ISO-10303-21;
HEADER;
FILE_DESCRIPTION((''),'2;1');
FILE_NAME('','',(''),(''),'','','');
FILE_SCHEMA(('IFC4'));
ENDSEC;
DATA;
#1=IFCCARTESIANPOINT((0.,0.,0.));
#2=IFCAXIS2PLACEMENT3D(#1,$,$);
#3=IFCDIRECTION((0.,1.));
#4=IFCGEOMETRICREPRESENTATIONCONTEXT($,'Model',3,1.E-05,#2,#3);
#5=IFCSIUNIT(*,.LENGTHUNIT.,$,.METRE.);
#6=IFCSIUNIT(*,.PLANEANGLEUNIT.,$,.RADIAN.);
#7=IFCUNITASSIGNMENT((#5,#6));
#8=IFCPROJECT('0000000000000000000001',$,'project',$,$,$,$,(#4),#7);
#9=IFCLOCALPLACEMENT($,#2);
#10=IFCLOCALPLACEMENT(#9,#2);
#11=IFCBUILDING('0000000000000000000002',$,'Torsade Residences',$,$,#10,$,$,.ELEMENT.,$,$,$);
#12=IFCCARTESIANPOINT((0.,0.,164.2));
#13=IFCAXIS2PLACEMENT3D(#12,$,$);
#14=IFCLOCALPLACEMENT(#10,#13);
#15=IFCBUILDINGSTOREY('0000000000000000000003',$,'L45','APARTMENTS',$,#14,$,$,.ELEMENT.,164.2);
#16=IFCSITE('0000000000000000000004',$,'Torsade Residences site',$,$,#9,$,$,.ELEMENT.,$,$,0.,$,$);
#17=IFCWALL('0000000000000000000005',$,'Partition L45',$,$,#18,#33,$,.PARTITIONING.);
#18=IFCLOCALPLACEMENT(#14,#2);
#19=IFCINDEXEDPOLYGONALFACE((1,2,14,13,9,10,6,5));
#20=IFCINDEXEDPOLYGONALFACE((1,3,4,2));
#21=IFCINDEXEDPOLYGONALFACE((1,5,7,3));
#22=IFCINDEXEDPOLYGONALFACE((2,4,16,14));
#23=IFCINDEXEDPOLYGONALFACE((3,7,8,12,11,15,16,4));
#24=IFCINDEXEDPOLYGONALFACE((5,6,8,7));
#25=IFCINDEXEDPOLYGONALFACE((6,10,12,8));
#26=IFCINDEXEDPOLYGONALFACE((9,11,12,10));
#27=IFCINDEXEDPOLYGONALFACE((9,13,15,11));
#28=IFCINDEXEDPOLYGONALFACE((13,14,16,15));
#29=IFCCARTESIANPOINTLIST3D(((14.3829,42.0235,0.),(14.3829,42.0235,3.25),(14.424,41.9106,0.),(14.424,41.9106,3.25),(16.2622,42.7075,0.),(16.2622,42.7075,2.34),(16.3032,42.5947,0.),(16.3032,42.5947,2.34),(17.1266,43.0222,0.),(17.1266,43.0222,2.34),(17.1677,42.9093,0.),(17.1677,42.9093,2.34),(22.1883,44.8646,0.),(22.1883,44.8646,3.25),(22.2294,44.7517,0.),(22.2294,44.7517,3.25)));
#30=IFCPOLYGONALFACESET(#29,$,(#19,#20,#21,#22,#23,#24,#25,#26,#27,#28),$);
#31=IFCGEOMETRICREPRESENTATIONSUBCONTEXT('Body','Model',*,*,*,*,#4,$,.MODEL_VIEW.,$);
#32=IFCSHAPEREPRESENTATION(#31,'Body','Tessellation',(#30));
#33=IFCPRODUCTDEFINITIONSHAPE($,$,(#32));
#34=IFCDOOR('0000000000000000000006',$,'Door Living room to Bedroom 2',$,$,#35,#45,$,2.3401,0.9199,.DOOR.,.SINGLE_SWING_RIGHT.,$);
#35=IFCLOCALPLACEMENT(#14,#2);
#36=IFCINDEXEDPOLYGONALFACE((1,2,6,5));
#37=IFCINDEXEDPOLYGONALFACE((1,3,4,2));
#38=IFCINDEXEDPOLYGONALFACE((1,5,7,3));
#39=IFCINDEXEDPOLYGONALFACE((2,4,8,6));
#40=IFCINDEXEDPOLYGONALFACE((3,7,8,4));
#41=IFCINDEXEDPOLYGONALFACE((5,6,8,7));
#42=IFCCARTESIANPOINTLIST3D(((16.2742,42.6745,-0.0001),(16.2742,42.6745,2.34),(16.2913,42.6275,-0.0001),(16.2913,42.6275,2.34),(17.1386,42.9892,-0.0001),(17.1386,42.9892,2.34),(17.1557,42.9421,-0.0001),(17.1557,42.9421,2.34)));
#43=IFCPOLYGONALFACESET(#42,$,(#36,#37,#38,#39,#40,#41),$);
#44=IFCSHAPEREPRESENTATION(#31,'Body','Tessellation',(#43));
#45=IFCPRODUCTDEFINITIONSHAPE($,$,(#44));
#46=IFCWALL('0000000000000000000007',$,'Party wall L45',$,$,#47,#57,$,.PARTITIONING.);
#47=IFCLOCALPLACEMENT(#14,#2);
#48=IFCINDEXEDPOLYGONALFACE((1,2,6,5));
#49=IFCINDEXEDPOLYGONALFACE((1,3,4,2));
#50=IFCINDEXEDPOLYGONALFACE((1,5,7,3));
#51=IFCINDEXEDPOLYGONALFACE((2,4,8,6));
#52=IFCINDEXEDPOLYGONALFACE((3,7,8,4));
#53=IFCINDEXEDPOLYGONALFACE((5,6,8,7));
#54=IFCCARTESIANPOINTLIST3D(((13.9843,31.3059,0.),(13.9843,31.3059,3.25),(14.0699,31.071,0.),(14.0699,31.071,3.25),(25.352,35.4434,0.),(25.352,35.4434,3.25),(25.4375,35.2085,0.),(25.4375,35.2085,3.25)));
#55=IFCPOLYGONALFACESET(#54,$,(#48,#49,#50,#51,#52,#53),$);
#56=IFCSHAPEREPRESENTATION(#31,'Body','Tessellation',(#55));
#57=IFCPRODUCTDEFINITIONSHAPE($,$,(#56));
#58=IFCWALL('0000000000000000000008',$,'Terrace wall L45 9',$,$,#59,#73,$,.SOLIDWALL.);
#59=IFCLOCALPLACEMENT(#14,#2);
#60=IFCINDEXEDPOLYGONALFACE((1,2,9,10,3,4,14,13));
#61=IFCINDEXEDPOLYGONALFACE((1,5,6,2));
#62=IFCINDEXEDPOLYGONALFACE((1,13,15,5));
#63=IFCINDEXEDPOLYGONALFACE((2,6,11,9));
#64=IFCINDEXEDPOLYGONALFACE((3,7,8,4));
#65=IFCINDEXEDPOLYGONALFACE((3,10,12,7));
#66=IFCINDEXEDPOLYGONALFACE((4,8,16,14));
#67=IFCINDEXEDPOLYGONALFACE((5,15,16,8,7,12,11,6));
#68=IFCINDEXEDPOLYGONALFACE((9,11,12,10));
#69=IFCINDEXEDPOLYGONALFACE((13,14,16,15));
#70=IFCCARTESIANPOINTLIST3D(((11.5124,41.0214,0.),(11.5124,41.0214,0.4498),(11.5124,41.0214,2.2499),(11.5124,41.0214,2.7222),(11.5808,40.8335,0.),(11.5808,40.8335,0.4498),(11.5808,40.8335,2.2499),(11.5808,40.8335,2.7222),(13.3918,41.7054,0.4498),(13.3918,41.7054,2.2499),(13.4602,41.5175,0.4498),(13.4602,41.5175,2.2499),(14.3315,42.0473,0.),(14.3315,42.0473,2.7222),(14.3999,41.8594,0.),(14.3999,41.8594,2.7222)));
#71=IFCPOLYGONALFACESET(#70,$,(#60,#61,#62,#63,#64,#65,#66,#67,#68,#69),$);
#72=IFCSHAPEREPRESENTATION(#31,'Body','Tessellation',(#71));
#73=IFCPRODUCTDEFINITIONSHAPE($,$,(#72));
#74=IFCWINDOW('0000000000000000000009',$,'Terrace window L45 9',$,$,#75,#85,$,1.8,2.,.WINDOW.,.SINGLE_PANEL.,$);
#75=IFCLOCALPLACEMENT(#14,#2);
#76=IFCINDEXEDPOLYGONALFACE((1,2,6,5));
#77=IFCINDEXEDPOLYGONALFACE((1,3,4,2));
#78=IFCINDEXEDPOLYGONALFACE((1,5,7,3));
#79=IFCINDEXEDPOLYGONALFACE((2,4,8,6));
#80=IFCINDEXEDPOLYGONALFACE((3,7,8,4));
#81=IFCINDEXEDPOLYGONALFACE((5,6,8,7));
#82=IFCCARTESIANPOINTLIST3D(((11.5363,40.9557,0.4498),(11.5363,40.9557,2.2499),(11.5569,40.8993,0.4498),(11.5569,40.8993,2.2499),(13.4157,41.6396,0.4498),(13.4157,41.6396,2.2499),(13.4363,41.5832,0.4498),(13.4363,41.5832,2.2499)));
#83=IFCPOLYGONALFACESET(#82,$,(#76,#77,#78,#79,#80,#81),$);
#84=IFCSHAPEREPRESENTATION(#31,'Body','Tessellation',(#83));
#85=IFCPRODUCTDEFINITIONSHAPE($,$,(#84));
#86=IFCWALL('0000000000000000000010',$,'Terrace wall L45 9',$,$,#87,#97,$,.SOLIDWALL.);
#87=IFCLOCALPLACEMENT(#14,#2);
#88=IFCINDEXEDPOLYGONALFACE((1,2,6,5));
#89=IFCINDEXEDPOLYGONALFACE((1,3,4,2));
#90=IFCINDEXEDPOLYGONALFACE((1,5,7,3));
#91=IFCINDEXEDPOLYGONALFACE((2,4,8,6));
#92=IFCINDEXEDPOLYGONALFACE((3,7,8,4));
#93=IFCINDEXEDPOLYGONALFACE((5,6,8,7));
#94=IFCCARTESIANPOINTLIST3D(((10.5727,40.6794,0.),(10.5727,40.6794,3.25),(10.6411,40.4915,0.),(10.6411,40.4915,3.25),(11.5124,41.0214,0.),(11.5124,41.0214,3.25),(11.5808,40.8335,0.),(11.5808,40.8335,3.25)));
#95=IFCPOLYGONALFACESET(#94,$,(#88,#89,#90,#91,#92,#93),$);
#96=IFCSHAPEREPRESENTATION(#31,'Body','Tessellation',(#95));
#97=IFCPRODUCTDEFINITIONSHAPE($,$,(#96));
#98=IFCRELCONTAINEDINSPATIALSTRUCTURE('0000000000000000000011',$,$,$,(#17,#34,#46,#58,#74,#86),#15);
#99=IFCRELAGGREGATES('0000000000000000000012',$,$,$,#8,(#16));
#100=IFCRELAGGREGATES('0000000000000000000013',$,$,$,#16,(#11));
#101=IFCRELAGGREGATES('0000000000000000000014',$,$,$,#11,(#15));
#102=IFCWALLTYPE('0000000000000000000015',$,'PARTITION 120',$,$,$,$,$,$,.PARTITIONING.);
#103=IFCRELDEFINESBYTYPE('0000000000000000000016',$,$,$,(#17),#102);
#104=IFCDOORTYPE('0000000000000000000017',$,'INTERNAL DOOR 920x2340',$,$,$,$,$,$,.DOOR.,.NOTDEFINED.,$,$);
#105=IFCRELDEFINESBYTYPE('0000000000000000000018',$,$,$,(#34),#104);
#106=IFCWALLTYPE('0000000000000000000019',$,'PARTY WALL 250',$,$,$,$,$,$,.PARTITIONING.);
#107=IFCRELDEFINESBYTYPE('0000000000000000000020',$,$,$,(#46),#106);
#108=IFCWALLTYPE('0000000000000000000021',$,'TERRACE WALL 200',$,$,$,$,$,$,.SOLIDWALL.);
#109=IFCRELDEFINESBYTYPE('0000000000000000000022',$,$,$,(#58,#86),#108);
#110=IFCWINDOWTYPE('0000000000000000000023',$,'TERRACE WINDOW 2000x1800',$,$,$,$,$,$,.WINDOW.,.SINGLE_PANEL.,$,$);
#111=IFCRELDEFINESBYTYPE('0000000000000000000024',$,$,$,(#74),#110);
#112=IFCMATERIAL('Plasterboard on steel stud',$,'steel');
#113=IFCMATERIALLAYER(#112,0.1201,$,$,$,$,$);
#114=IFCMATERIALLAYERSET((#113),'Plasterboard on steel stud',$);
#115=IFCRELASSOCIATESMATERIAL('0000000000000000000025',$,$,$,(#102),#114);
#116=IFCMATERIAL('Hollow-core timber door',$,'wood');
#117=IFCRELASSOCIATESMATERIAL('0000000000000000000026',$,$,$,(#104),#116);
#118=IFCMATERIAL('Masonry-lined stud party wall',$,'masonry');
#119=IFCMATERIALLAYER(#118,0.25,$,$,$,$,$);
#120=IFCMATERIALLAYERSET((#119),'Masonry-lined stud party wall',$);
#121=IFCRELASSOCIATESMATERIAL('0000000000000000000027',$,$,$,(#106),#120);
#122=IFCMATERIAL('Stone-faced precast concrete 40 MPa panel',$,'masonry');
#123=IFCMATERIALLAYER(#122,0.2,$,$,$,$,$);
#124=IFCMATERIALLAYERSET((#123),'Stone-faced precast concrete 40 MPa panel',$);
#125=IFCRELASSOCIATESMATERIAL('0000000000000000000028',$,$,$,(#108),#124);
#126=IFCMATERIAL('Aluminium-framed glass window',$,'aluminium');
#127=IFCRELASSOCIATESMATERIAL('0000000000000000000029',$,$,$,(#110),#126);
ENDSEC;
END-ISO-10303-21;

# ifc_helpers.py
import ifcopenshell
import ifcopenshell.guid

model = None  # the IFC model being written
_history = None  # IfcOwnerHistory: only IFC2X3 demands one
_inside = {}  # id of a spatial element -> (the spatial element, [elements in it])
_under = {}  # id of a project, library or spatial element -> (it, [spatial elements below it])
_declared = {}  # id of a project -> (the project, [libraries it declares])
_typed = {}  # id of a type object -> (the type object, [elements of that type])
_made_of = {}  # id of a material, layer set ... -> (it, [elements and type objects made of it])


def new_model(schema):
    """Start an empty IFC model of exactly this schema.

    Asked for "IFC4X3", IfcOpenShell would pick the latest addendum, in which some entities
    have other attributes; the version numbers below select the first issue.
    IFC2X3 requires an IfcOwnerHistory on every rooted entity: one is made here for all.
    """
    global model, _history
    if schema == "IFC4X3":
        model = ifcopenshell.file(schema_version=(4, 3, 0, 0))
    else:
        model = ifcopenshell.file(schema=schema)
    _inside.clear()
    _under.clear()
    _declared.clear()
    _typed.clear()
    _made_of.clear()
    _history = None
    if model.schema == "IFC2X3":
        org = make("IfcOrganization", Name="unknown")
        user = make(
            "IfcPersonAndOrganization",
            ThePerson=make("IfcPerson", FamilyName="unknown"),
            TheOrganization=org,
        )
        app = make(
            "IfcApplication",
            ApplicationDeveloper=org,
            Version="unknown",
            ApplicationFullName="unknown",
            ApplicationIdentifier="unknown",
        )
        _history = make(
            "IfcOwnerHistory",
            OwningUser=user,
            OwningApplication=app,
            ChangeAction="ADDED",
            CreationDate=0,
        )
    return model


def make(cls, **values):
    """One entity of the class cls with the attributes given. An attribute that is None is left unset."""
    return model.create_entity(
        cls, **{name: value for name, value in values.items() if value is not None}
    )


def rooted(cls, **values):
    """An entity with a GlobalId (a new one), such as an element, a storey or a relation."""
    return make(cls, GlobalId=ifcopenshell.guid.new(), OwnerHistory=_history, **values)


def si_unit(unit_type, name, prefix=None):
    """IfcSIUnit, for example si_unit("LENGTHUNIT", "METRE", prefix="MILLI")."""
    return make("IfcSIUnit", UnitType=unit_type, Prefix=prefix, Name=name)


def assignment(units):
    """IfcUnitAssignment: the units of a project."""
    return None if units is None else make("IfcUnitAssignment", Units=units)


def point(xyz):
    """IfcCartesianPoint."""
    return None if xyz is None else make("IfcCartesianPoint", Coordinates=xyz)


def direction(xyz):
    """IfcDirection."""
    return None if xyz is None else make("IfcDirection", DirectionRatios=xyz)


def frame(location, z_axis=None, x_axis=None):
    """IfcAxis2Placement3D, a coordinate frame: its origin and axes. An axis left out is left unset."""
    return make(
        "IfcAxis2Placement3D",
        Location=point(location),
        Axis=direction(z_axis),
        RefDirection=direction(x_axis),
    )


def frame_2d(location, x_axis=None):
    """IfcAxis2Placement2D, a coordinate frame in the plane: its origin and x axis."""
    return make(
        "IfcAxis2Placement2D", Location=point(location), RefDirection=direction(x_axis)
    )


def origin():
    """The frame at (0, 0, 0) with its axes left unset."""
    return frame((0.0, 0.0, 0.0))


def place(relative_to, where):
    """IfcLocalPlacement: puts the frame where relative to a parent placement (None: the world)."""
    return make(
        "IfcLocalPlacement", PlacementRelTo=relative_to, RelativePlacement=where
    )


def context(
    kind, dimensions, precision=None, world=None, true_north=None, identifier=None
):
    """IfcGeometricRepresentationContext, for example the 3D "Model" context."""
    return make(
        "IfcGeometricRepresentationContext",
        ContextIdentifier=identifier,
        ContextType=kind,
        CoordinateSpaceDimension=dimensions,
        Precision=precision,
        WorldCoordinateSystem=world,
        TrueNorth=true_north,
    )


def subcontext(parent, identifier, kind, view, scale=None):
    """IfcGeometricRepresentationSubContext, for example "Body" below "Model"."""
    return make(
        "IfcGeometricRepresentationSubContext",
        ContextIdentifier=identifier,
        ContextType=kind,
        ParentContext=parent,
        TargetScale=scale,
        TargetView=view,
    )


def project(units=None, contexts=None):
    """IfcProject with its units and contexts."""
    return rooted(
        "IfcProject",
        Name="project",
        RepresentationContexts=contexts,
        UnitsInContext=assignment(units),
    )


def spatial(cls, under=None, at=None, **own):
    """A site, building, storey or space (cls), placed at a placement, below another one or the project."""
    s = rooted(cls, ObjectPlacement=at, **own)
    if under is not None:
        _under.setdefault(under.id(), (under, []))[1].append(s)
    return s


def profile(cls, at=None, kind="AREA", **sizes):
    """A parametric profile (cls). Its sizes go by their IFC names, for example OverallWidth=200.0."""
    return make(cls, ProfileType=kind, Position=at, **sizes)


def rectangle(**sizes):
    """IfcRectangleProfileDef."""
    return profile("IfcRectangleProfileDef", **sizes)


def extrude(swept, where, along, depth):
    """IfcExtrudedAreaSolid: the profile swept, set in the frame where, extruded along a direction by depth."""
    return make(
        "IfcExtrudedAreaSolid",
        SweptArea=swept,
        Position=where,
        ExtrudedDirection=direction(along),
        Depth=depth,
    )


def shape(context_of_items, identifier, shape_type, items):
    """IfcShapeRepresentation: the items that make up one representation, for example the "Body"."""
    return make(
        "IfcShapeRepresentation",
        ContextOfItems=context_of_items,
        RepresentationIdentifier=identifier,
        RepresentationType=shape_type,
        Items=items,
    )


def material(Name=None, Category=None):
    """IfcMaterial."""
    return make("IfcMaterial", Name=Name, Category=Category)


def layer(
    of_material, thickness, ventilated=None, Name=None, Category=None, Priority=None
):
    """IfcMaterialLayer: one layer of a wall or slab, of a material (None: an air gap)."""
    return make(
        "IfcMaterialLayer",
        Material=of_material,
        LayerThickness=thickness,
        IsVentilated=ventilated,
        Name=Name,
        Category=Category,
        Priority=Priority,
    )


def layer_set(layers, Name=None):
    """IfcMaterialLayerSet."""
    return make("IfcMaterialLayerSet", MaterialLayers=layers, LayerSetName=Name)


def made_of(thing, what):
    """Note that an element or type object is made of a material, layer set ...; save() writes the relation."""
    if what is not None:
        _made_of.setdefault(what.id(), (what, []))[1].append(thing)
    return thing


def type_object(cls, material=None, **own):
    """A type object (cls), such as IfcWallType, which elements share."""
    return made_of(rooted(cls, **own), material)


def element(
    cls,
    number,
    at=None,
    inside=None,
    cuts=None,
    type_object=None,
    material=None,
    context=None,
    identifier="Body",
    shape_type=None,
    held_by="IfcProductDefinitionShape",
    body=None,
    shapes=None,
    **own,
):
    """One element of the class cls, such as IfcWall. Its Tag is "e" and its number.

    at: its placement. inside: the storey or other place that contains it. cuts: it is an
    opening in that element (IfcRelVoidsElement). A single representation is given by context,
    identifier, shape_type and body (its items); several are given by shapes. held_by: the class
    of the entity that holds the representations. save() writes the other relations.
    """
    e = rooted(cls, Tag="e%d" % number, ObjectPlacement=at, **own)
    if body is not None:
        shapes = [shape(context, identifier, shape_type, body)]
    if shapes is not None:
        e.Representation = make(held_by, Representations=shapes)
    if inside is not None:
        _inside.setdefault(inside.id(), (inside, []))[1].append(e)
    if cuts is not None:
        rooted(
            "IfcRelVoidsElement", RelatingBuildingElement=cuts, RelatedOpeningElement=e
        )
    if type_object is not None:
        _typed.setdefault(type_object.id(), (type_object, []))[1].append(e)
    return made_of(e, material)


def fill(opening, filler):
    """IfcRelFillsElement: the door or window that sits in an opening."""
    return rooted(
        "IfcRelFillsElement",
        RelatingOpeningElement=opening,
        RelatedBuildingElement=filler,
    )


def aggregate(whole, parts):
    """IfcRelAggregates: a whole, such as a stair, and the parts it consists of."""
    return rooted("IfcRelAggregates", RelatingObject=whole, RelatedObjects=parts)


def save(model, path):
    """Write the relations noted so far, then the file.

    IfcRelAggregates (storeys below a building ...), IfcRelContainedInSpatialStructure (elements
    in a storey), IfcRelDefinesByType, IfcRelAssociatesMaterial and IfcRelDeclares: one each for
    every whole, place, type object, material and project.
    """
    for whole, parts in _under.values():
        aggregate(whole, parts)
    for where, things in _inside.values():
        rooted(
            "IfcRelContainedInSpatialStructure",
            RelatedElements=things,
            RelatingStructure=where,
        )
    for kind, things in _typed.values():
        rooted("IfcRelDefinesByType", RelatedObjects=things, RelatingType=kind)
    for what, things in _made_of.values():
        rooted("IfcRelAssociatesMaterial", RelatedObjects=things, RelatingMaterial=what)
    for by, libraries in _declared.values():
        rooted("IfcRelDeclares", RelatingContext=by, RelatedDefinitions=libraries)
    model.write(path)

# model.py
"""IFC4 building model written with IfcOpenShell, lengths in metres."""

from ifc_helpers import new_model, si_unit, direction, frame, frame_2d, origin, place, context, subcontext, project, spatial, rectangle, extrude, material, layer, layer_set, type_object, element, fill, save


model = new_model("IFC4")

# Units and contexts
model_context = context("Model", 3, precision=1e-05, world=origin(), true_north=direction((0.0, 1.0)))
body_context = subcontext(model_context, "Body", "Model", "MODEL_VIEW")
ifc_project = project(units=[si_unit("LENGTHUNIT", "METRE"), si_unit("PLANEANGLEUNIT", "RADIAN")], contexts=[model_context])

# Site, building, storey
site_placement = place(None, origin())
site = spatial("IfcSite", under=ifc_project, at=site_placement, Name="Torsade Residences site", CompositionType="ELEMENT", RefElevation=0.0)
building_placement = place(site_placement, origin())
building = spatial("IfcBuilding", under=site, at=building_placement, Name="Torsade Residences", CompositionType="ELEMENT")
storey_placement = place(building_placement, frame((0.0, 0.0, 164.2)))
storey = spatial("IfcBuildingStorey", under=building, at=storey_placement, Name="L45", Description="APARTMENTS", CompositionType="ELEMENT", Elevation=164.2)

# Shared definitions
ifc_material_1 = material(Name="Plasterboard on steel stud", Category="steel")
ifc_layer_1 = layer(ifc_material_1, 0.1201)
ifc_layer_set_1 = layer_set([ifc_layer_1], Name="Plasterboard on steel stud")
wall_type_1 = type_object("IfcWallType", Name="PARTITION 120", PredefinedType="PARTITIONING", material=ifc_layer_set_1)
ifc_material_2 = material(Name="Hollow-core timber door", Category="wood")
door_type_1 = type_object("IfcDoorType", Name="INTERNAL DOOR 920x2340", OperationType="NOTDEFINED", PredefinedType="DOOR", material=ifc_material_2)

# Wall, opening, door
wall_1_placement = place(storey_placement, frame((14.4033, 41.967, 0.0), z_axis=(0.0, 0.0, 1.0), x_axis=(0.939688, 0.342033, 0.0)))
wall_1 = element("IfcWall", 1, at=wall_1_placement, inside=storey, type_object=wall_type_1, Name="Partition L45", PredefinedType="PARTITIONING", context=body_context, shape_type="SweptSolid", body=[
    extrude(rectangle(XDim=8.3064, YDim=0.1201, at=frame_2d((4.1533, 0.0))), origin(), (0.0, 0.0, 1.0), 3.25),
])
opening_1_placement = place(wall_1_placement, frame((2.0, 0.0, 0.0)))
opening_1 = element("IfcOpeningElement", 2, at=opening_1_placement, cuts=wall_1, PredefinedType="OPENING", context=body_context, shape_type="SweptSolid", body=[
    extrude(rectangle(XDim=0.9199, YDim=2.3401, at=frame_2d((0.46, 1.1699))), frame((0.0, 0.0701, 0.0), z_axis=(0.0, -1.0, 0.0), x_axis=(1.0, 0.0, 0.0)), (0.0, 0.0, 1.0), 0.1401),
])
door_1_placement = place(opening_1_placement, origin())
door_1 = element("IfcDoor", 3, at=door_1_placement, inside=storey, type_object=door_type_1, Name="Door Living room to Bedroom 2", OperationType="SINGLE_SWING_RIGHT", OverallHeight=2.3401, OverallWidth=0.9199, PredefinedType="DOOR", context=body_context, shape_type="SweptSolid", body=[
    extrude(rectangle(XDim=0.9199, YDim=2.3401, at=frame_2d((0.46, 1.1699))), frame((0.0, 0.0249, 0.0), z_axis=(0.0, -1.0, 0.0), x_axis=(1.0, 0.0, 0.0)), (0.0, 0.0, 1.0), 0.05),
])
fill(opening_1, door_1)

# Wall
ifc_material_3 = material(Name="Masonry-lined stud party wall", Category="masonry")
ifc_layer_2 = layer(ifc_material_3, 0.25)
ifc_layer_set_2 = layer_set([ifc_layer_2], Name="Masonry-lined stud party wall")
wall_type_2 = type_object("IfcWallType", Name="PARTY WALL 250", PredefinedType="PARTITIONING", material=ifc_layer_set_2)
wall_2_placement = place(storey_placement, frame((14.0271, 31.1885, 0.0), z_axis=(0.0, 0.0, 1.0), x_axis=(0.939694, 0.342017, 0.0)))
element("IfcWall", 4, at=wall_2_placement, inside=storey, type_object=wall_type_2, Name="Party wall L45", PredefinedType="PARTITIONING", context=body_context, shape_type="SweptSolid", body=[
    extrude(rectangle(XDim=12.0972, YDim=0.25, at=frame_2d((6.0486, 0.0))), origin(), (0.0, 0.0, 1.0), 3.25),
])

# Wall, opening, window
ifc_material_4 = material(Name="Stone-faced precast concrete 40 MPa panel", Category="masonry")
ifc_layer_3 = layer(ifc_material_4, 0.2)
ifc_layer_set_3 = layer_set([ifc_layer_3], Name="Stone-faced precast concrete 40 MPa panel")
wall_type_3 = type_object("IfcWallType", Name="TERRACE WALL 200", PredefinedType="SOLIDWALL", material=ifc_layer_set_3)
wall_3_placement = place(storey_placement, frame((14.3657, 41.9534, 0.0), z_axis=(0.0, 0.0, 1.0), x_axis=(-0.939713, -0.341965, 0.0)))
wall_3 = element("IfcWall", 5, at=wall_3_placement, inside=storey, type_object=wall_type_3, Name="Terrace wall L45 9", PredefinedType="SOLIDWALL", context=body_context, shape_type="SweptSolid", body=[
    extrude(rectangle(XDim=3.0, YDim=0.2, at=frame_2d((1.5, 0.0))), origin(), (0.0, 0.0, 1.0), 2.7222),
])
opening_2_placement = place(wall_3_placement, frame((1.0, 0.0, 0.45)))
opening_2 = element("IfcOpeningElement", 6, at=opening_2_placement, cuts=wall_3, PredefinedType="OPENING", context=body_context, shape_type="SweptSolid", body=[
    extrude(rectangle(XDim=2.0, YDim=1.8, at=frame_2d((1.0, 0.8999))), frame((0.0, 0.1099, 0.0), z_axis=(0.0, -1.0, 0.0), x_axis=(1.0, 0.0, 0.0)), (0.0, 0.0, 1.0), 0.22),
])
ifc_material_5 = material(Name="Aluminium-framed glass window", Category="aluminium")
window_type = type_object("IfcWindowType", Name="TERRACE WINDOW 2000x1800", PartitioningType="SINGLE_PANEL", PredefinedType="WINDOW", material=ifc_material_5)
window_placement = place(opening_2_placement, origin())
window = element("IfcWindow", 7, at=window_placement, inside=storey, type_object=window_type, Name="Terrace window L45 9", OverallHeight=1.8, OverallWidth=2.0, PartitioningType="SINGLE_PANEL", PredefinedType="WINDOW", context=body_context, shape_type="SweptSolid", body=[
    extrude(rectangle(XDim=2.0, YDim=1.8, at=frame_2d((1.0, 0.8999))), frame((0.0, 0.03, 0.0), z_axis=(0.0, -1.0, 0.0), x_axis=(1.0, 0.0, 0.0)), (0.0, 0.0, 1.0), 0.0601),
])
fill(opening_2, window)

# Wall
wall_4_placement = place(storey_placement, frame((11.5466, 40.9275, 0.0), z_axis=(0.0, 0.0, 1.0), x_axis=(-0.939686, -0.342037, 0.0)))
element("IfcWall", 8, at=wall_4_placement, inside=storey, type_object=wall_type_3, Name="Terrace wall L45 9", PredefinedType="SOLIDWALL", context=body_context, shape_type="SweptSolid", body=[
    extrude(rectangle(XDim=1.0, YDim=0.2, at=frame_2d((0.5, 0.0))), origin(), (0.0, 0.0, 1.0), 3.25),
])

save(model, "model.ifc")
